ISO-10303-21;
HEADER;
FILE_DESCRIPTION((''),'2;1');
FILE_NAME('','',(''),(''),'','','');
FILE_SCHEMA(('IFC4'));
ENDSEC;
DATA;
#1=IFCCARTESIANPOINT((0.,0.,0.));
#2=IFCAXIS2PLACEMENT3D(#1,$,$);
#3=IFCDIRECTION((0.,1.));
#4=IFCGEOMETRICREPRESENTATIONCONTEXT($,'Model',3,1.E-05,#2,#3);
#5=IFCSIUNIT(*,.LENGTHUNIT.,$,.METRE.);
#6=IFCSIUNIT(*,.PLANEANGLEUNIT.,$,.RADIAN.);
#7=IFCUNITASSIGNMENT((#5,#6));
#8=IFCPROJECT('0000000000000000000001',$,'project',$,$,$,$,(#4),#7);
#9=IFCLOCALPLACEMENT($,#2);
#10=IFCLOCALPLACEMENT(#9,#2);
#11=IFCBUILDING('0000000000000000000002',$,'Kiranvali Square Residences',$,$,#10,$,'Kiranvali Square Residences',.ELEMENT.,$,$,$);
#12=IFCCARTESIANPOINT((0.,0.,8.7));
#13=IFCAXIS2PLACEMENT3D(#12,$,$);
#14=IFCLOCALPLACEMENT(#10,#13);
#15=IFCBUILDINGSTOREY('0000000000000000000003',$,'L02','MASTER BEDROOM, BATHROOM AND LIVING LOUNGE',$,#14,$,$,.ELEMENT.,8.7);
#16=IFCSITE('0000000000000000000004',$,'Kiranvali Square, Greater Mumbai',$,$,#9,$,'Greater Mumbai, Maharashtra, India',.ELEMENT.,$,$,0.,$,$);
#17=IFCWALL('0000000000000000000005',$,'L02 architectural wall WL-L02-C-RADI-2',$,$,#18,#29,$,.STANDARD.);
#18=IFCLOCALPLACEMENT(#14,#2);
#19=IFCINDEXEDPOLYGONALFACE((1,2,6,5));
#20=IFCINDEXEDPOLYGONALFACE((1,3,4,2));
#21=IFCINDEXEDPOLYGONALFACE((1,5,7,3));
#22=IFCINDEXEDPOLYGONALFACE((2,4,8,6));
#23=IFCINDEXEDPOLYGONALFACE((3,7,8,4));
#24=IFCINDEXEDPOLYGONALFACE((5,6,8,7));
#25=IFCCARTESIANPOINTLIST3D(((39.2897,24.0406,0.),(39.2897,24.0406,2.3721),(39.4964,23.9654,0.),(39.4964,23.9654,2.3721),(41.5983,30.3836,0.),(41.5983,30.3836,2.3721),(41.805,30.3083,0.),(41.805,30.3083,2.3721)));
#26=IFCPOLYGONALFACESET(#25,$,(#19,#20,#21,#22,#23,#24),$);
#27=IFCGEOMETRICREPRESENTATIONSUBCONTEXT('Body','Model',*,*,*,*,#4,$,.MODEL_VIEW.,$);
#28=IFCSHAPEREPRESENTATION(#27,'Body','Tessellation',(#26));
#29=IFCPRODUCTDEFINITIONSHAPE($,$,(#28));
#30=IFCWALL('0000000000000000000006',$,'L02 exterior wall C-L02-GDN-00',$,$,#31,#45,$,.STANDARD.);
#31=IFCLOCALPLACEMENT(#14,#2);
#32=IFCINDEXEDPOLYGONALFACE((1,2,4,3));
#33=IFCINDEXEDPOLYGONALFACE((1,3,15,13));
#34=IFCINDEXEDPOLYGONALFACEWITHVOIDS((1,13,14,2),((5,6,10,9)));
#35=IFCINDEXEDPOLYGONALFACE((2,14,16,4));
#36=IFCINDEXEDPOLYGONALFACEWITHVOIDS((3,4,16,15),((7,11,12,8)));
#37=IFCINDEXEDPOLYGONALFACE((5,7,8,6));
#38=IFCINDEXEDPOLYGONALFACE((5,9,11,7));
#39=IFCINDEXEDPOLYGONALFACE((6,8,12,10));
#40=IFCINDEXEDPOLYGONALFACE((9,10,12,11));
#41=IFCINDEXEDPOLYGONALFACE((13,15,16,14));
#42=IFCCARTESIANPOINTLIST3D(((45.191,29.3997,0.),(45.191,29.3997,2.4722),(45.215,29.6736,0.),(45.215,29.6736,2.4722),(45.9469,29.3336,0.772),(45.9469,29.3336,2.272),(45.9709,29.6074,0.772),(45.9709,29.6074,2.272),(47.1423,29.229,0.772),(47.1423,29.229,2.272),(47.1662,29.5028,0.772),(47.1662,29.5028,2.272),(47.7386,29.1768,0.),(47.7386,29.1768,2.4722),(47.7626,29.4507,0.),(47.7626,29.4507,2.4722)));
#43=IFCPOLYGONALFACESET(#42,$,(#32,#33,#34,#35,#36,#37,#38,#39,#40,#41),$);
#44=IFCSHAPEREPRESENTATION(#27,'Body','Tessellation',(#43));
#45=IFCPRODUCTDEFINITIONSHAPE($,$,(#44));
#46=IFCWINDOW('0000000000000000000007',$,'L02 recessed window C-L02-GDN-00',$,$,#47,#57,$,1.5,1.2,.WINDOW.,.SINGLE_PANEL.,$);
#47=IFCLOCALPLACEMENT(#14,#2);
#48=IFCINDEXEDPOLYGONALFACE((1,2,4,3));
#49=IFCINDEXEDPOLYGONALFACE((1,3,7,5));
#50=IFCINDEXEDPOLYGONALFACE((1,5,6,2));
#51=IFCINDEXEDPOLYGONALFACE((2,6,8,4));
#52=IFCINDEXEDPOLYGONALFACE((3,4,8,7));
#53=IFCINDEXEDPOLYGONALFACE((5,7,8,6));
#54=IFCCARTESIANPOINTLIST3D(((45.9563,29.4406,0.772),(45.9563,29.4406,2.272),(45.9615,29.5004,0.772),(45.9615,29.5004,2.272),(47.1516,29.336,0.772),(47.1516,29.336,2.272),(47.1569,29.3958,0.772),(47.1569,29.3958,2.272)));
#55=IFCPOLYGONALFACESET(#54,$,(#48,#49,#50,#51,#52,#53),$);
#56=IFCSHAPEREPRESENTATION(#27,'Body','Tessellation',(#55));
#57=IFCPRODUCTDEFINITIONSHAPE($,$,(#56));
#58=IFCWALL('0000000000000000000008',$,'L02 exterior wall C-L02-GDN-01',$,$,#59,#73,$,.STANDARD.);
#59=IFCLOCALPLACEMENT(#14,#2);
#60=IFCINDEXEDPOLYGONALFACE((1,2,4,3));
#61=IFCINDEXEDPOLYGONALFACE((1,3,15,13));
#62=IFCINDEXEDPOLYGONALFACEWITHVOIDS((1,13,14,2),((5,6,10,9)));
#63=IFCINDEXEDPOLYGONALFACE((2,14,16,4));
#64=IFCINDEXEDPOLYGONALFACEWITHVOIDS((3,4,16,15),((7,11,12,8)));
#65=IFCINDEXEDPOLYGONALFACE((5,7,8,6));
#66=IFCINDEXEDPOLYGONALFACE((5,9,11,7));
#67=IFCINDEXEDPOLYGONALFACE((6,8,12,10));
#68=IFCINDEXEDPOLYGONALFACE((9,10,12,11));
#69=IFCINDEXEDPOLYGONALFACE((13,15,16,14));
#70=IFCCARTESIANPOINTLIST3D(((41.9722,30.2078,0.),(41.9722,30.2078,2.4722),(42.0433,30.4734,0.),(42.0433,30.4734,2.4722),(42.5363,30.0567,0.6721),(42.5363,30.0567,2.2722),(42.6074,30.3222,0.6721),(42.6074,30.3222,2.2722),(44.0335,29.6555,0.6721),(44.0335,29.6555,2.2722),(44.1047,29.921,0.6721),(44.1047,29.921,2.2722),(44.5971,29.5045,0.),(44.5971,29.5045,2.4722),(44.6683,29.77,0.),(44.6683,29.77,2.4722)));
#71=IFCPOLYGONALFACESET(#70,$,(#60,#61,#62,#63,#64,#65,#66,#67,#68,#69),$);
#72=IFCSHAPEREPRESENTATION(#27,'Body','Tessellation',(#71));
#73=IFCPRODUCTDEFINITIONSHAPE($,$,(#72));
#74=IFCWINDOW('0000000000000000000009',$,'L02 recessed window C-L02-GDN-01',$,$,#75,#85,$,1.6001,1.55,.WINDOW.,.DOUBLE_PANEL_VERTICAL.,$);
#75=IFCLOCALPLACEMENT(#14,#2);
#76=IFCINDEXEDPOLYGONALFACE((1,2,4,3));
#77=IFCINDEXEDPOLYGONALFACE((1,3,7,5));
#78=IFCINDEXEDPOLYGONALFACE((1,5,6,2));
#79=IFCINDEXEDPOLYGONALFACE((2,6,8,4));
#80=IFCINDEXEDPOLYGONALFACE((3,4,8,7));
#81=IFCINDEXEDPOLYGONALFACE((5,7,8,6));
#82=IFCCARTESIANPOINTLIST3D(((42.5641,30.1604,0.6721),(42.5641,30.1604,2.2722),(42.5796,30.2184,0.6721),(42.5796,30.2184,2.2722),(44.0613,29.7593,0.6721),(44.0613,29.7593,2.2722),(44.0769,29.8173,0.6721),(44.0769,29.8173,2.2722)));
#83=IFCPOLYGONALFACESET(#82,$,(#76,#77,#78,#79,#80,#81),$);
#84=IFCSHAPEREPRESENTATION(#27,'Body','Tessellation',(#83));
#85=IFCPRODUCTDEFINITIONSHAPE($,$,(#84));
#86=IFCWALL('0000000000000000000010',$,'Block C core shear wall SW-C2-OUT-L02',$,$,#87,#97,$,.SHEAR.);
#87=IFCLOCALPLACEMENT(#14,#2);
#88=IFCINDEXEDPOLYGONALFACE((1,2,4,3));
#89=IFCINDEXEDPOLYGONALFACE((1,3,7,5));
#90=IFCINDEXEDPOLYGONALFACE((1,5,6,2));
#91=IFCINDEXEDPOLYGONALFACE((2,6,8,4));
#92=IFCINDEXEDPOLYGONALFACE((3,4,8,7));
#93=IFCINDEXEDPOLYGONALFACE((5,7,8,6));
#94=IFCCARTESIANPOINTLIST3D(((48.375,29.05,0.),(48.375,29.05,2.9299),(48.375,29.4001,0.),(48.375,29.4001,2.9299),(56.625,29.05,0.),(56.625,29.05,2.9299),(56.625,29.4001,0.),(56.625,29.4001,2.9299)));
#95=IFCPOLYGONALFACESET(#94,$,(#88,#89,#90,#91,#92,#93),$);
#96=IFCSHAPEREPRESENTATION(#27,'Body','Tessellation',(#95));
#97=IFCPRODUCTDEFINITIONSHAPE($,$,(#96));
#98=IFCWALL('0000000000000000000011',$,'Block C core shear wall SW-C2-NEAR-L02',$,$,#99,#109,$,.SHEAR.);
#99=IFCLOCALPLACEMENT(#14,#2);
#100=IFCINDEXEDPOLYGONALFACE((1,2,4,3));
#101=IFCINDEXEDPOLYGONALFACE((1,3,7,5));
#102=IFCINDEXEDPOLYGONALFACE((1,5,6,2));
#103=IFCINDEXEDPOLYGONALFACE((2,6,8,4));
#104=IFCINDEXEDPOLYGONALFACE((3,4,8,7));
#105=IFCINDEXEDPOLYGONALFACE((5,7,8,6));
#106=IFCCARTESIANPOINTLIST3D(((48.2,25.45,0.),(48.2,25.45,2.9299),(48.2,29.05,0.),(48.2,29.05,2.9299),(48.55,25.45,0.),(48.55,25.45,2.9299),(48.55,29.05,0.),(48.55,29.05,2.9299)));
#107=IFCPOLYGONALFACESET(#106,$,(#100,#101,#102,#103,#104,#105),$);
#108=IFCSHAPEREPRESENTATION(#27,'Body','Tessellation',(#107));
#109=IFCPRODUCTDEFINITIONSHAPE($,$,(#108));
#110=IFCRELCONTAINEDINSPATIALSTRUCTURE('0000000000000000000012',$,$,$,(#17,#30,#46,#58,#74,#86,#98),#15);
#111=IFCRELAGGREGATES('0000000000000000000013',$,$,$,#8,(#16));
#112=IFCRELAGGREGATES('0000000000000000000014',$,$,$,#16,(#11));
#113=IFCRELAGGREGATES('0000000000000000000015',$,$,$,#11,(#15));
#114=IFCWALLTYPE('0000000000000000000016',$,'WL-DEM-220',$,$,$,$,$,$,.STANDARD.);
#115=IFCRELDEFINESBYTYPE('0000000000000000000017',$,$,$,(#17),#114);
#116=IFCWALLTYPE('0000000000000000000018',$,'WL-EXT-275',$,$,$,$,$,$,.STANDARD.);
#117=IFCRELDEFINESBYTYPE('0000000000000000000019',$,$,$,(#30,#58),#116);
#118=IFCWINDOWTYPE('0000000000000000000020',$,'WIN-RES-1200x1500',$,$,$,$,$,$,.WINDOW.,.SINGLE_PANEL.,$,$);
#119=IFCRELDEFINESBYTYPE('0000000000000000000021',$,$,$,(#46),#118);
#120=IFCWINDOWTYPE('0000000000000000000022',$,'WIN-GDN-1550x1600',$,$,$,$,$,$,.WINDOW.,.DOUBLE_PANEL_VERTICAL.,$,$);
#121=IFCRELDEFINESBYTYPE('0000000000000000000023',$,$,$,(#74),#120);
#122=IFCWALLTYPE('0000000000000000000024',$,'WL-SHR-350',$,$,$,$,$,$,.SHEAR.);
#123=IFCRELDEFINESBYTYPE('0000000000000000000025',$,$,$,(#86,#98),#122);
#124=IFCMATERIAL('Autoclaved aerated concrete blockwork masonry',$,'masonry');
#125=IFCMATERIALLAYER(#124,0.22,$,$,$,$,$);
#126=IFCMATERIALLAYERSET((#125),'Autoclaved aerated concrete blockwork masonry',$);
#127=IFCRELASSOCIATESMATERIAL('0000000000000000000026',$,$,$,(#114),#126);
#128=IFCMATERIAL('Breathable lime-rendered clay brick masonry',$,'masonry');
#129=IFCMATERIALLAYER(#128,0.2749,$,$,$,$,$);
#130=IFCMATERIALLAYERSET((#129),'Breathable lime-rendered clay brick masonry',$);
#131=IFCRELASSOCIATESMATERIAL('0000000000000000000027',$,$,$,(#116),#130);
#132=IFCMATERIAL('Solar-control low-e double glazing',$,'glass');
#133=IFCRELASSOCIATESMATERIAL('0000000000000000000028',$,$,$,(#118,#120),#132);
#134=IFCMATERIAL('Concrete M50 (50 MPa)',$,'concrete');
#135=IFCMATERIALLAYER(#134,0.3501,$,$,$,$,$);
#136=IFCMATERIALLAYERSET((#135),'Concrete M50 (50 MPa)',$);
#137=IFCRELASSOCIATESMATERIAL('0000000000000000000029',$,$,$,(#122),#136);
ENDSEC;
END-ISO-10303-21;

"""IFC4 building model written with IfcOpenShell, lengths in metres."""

from ifc_helpers import new_model, si_unit, direction, frame, frame_2d, origin, place, context, subcontext, project, spatial, rectangle, extrude, material, layer, layer_set, type_object, element, fill, save


model = new_model("IFC4")

# Units and contexts
model_context = context("Model", 3, precision=1e-05, world=origin(), true_north=direction((0.0, 1.0)))
body_context = subcontext(model_context, "Body", "Model", "MODEL_VIEW")
ifc_project = project(units=[si_unit("LENGTHUNIT", "METRE"), si_unit("PLANEANGLEUNIT", "RADIAN")], contexts=[model_context])

# Site, building, storey
site_placement = place(None, origin())
site = spatial("IfcSite", under=ifc_project, at=site_placement, Name="Kiranvali Square, Greater Mumbai", LongName="Greater Mumbai, Maharashtra, India", CompositionType="ELEMENT", RefElevation=0.0)
building_placement = place(site_placement, origin())
building = spatial("IfcBuilding", under=site, at=building_placement, Name="Kiranvali Square Residences", LongName="Kiranvali Square Residences", CompositionType="ELEMENT")
storey_placement = place(building_placement, frame((0.0, 0.0, 8.7)))
storey = spatial("IfcBuildingStorey", under=building, at=storey_placement, Name="L02", Description="MASTER BEDROOM, BATHROOM AND LIVING LOUNGE", CompositionType="ELEMENT", Elevation=8.7)

# Shared definitions
ifc_material_1 = material(Name="Concrete M50 (50 MPa)", Category="concrete")

# Wall
ifc_material_2 = material(Name="Autoclaved aerated concrete blockwork masonry", Category="masonry")
ifc_layer_1 = layer(ifc_material_2, 0.22)
ifc_layer_set_1 = layer_set([ifc_layer_1], Name="Autoclaved aerated concrete blockwork masonry")
wall_type_1 = type_object("IfcWallType", Name="WL-DEM-220", PredefinedType="STANDARD", material=ifc_layer_set_1)
wall_1_placement = place(storey_placement, frame((41.7017, 30.3459, 0.0), z_axis=(0.0, 0.0, 1.0), x_axis=(-0.34201, -0.939696, 0.0)))
element("IfcWall", 1, at=wall_1_placement, inside=storey, type_object=wall_type_1, Name="L02 architectural wall WL-L02-C-RADI-2", PredefinedType="STANDARD", context=body_context, shape_type="SweptSolid", body=[
    extrude(rectangle(XDim=6.75, YDim=0.22, at=frame_2d((3.375, 0.0))), origin(), (0.0, 0.0, 1.0), 2.3721),
])

# Walls, openings, windows
ifc_material_3 = material(Name="Breathable lime-rendered clay brick masonry", Category="masonry")
ifc_layer_2 = layer(ifc_material_3, 0.2749)
ifc_layer_set_2 = layer_set([ifc_layer_2], Name="Breathable lime-rendered clay brick masonry")
wall_type_2 = type_object("IfcWallType", Name="WL-EXT-275", PredefinedType="STANDARD", material=ifc_layer_set_2)
wall_2_placement = place(storey_placement, frame((47.7507, 29.3137, 0.0), z_axis=(0.0, 0.0, 1.0), x_axis=(-0.996194, 0.087161, 0.0)))
wall_2 = element("IfcWall", 2, at=wall_2_placement, inside=storey, type_object=wall_type_2, Name="L02 exterior wall C-L02-GDN-00", PredefinedType="STANDARD", context=body_context, shape_type="SweptSolid", body=[
    extrude(rectangle(XDim=2.5574, YDim=0.2749, at=frame_2d((1.2788, 0.0))), origin(), (0.0, 0.0, 1.0), 2.4722),
])
opening_1_placement = place(wall_2_placement, frame((0.5986, 0.0, 0.772)))
opening_1 = element("IfcOpeningElement", 3, at=opening_1_placement, cuts=wall_2, PredefinedType="OPENING", context=body_context, shape_type="SweptSolid", body=[
    extrude(rectangle(XDim=1.2, YDim=1.5, at=frame_2d((0.6001, 0.75))), frame((0.0, 0.1475, 0.0), z_axis=(0.0, -1.0, 0.0), x_axis=(1.0, 0.0, 0.0)), (0.0, 0.0, 1.0), 0.2949),
])
ifc_material_4 = material(Name="Solar-control low-e double glazing", Category="glass")
window_type_1 = type_object("IfcWindowType", Name="WIN-RES-1200x1500", PartitioningType="SINGLE_PANEL", PredefinedType="WINDOW", material=ifc_material_4)
window_1_placement = place(opening_1_placement, origin())
window_1 = element("IfcWindow", 4, at=window_1_placement, inside=storey, type_object=window_type_1, Name="L02 recessed window C-L02-GDN-00", OverallHeight=1.5, OverallWidth=1.2, PartitioningType="SINGLE_PANEL", PredefinedType="WINDOW", context=body_context, shape_type="SweptSolid", body=[
    extrude(rectangle(XDim=1.2, YDim=1.5, at=frame_2d((0.6001, 0.75))), frame((0.0, 0.03, 0.0), z_axis=(0.0, -1.0, 0.0), x_axis=(1.0, 0.0, 0.0)), (0.0, 0.0, 1.0), 0.0601),
])
fill(opening_1, window_1)
wall_3_placement = place(storey_placement, frame((44.6328, 29.6372, 0.0), z_axis=(0.0, 0.0, 1.0), x_axis=(-0.965926, 0.25882, 0.0)))
wall_3 = element("IfcWall", 5, at=wall_3_placement, inside=storey, type_object=wall_type_2, Name="L02 exterior wall C-L02-GDN-01", PredefinedType="STANDARD", context=body_context, shape_type="SweptSolid", body=[
    extrude(rectangle(XDim=2.7175, YDim=0.2749, at=frame_2d((1.3589, 0.0))), origin(), (0.0, 0.0, 1.0), 2.4722),
])
opening_2_placement = place(wall_3_placement, frame((0.5837, 0.0, 0.6721)))
opening_2 = element("IfcOpeningElement", 6, at=opening_2_placement, cuts=wall_3, PredefinedType="OPENING", context=body_context, shape_type="SweptSolid", body=[
    extrude(rectangle(XDim=1.55, YDim=1.6001, at=frame_2d((0.7749, 0.8))), frame((0.0, 0.1475, 0.0), z_axis=(0.0, -1.0, 0.0), x_axis=(1.0, 0.0, 0.0)), (0.0, 0.0, 1.0), 0.2949),
])
window_type_2 = type_object("IfcWindowType", Name="WIN-GDN-1550x1600", PartitioningType="DOUBLE_PANEL_VERTICAL", PredefinedType="WINDOW", material=ifc_material_4)
window_2_placement = place(opening_2_placement, origin())
window_2 = element("IfcWindow", 7, at=window_2_placement, inside=storey, type_object=window_type_2, Name="L02 recessed window C-L02-GDN-01", OverallHeight=1.6001, OverallWidth=1.55, PartitioningType="DOUBLE_PANEL_VERTICAL", PredefinedType="WINDOW", context=body_context, shape_type="SweptSolid", body=[
    extrude(rectangle(XDim=1.55, YDim=1.6001, at=frame_2d((0.7749, 0.8))), frame((0.0, 0.03, 0.0), z_axis=(0.0, -1.0, 0.0), x_axis=(1.0, 0.0, 0.0)), (0.0, 0.0, 1.0), 0.0601),
])
fill(opening_2, window_2)

# Walls
ifc_layer_3 = layer(ifc_material_1, 0.3501)
ifc_layer_set_3 = layer_set([ifc_layer_3], Name="Concrete M50 (50 MPa)")
wall_type_3 = type_object("IfcWallType", Name="WL-SHR-350", PredefinedType="SHEAR", material=ifc_layer_set_3)
wall_4_placement = place(storey_placement, frame((48.375, 29.2251, 0.0), z_axis=(0.0, 0.0, 1.0), x_axis=(1.0, 0.0, 0.0)))
element("IfcWall", 8, at=wall_4_placement, inside=storey, type_object=wall_type_3, Name="Block C core shear wall SW-C2-OUT-L02", PredefinedType="SHEAR", context=body_context, shape_type="SweptSolid", body=[
    extrude(rectangle(XDim=8.25, YDim=0.3501, at=frame_2d((4.125, 0.0))), origin(), (0.0, 0.0, 1.0), 2.9299),
])
wall_5_placement = place(storey_placement, frame((48.375, 29.05, 0.0), z_axis=(0.0, 0.0, 1.0), x_axis=(0.0, -1.0, 0.0)))
element("IfcWall", 9, at=wall_5_placement, inside=storey, type_object=wall_type_3, Name="Block C core shear wall SW-C2-NEAR-L02", PredefinedType="SHEAR", context=body_context, shape_type="SweptSolid", body=[
    extrude(rectangle(XDim=3.6001, YDim=0.3501, at=frame_2d((1.8, 0.0))), origin(), (0.0, 0.0, 1.0), 2.9299),
])

save(model, "model.ifc")
